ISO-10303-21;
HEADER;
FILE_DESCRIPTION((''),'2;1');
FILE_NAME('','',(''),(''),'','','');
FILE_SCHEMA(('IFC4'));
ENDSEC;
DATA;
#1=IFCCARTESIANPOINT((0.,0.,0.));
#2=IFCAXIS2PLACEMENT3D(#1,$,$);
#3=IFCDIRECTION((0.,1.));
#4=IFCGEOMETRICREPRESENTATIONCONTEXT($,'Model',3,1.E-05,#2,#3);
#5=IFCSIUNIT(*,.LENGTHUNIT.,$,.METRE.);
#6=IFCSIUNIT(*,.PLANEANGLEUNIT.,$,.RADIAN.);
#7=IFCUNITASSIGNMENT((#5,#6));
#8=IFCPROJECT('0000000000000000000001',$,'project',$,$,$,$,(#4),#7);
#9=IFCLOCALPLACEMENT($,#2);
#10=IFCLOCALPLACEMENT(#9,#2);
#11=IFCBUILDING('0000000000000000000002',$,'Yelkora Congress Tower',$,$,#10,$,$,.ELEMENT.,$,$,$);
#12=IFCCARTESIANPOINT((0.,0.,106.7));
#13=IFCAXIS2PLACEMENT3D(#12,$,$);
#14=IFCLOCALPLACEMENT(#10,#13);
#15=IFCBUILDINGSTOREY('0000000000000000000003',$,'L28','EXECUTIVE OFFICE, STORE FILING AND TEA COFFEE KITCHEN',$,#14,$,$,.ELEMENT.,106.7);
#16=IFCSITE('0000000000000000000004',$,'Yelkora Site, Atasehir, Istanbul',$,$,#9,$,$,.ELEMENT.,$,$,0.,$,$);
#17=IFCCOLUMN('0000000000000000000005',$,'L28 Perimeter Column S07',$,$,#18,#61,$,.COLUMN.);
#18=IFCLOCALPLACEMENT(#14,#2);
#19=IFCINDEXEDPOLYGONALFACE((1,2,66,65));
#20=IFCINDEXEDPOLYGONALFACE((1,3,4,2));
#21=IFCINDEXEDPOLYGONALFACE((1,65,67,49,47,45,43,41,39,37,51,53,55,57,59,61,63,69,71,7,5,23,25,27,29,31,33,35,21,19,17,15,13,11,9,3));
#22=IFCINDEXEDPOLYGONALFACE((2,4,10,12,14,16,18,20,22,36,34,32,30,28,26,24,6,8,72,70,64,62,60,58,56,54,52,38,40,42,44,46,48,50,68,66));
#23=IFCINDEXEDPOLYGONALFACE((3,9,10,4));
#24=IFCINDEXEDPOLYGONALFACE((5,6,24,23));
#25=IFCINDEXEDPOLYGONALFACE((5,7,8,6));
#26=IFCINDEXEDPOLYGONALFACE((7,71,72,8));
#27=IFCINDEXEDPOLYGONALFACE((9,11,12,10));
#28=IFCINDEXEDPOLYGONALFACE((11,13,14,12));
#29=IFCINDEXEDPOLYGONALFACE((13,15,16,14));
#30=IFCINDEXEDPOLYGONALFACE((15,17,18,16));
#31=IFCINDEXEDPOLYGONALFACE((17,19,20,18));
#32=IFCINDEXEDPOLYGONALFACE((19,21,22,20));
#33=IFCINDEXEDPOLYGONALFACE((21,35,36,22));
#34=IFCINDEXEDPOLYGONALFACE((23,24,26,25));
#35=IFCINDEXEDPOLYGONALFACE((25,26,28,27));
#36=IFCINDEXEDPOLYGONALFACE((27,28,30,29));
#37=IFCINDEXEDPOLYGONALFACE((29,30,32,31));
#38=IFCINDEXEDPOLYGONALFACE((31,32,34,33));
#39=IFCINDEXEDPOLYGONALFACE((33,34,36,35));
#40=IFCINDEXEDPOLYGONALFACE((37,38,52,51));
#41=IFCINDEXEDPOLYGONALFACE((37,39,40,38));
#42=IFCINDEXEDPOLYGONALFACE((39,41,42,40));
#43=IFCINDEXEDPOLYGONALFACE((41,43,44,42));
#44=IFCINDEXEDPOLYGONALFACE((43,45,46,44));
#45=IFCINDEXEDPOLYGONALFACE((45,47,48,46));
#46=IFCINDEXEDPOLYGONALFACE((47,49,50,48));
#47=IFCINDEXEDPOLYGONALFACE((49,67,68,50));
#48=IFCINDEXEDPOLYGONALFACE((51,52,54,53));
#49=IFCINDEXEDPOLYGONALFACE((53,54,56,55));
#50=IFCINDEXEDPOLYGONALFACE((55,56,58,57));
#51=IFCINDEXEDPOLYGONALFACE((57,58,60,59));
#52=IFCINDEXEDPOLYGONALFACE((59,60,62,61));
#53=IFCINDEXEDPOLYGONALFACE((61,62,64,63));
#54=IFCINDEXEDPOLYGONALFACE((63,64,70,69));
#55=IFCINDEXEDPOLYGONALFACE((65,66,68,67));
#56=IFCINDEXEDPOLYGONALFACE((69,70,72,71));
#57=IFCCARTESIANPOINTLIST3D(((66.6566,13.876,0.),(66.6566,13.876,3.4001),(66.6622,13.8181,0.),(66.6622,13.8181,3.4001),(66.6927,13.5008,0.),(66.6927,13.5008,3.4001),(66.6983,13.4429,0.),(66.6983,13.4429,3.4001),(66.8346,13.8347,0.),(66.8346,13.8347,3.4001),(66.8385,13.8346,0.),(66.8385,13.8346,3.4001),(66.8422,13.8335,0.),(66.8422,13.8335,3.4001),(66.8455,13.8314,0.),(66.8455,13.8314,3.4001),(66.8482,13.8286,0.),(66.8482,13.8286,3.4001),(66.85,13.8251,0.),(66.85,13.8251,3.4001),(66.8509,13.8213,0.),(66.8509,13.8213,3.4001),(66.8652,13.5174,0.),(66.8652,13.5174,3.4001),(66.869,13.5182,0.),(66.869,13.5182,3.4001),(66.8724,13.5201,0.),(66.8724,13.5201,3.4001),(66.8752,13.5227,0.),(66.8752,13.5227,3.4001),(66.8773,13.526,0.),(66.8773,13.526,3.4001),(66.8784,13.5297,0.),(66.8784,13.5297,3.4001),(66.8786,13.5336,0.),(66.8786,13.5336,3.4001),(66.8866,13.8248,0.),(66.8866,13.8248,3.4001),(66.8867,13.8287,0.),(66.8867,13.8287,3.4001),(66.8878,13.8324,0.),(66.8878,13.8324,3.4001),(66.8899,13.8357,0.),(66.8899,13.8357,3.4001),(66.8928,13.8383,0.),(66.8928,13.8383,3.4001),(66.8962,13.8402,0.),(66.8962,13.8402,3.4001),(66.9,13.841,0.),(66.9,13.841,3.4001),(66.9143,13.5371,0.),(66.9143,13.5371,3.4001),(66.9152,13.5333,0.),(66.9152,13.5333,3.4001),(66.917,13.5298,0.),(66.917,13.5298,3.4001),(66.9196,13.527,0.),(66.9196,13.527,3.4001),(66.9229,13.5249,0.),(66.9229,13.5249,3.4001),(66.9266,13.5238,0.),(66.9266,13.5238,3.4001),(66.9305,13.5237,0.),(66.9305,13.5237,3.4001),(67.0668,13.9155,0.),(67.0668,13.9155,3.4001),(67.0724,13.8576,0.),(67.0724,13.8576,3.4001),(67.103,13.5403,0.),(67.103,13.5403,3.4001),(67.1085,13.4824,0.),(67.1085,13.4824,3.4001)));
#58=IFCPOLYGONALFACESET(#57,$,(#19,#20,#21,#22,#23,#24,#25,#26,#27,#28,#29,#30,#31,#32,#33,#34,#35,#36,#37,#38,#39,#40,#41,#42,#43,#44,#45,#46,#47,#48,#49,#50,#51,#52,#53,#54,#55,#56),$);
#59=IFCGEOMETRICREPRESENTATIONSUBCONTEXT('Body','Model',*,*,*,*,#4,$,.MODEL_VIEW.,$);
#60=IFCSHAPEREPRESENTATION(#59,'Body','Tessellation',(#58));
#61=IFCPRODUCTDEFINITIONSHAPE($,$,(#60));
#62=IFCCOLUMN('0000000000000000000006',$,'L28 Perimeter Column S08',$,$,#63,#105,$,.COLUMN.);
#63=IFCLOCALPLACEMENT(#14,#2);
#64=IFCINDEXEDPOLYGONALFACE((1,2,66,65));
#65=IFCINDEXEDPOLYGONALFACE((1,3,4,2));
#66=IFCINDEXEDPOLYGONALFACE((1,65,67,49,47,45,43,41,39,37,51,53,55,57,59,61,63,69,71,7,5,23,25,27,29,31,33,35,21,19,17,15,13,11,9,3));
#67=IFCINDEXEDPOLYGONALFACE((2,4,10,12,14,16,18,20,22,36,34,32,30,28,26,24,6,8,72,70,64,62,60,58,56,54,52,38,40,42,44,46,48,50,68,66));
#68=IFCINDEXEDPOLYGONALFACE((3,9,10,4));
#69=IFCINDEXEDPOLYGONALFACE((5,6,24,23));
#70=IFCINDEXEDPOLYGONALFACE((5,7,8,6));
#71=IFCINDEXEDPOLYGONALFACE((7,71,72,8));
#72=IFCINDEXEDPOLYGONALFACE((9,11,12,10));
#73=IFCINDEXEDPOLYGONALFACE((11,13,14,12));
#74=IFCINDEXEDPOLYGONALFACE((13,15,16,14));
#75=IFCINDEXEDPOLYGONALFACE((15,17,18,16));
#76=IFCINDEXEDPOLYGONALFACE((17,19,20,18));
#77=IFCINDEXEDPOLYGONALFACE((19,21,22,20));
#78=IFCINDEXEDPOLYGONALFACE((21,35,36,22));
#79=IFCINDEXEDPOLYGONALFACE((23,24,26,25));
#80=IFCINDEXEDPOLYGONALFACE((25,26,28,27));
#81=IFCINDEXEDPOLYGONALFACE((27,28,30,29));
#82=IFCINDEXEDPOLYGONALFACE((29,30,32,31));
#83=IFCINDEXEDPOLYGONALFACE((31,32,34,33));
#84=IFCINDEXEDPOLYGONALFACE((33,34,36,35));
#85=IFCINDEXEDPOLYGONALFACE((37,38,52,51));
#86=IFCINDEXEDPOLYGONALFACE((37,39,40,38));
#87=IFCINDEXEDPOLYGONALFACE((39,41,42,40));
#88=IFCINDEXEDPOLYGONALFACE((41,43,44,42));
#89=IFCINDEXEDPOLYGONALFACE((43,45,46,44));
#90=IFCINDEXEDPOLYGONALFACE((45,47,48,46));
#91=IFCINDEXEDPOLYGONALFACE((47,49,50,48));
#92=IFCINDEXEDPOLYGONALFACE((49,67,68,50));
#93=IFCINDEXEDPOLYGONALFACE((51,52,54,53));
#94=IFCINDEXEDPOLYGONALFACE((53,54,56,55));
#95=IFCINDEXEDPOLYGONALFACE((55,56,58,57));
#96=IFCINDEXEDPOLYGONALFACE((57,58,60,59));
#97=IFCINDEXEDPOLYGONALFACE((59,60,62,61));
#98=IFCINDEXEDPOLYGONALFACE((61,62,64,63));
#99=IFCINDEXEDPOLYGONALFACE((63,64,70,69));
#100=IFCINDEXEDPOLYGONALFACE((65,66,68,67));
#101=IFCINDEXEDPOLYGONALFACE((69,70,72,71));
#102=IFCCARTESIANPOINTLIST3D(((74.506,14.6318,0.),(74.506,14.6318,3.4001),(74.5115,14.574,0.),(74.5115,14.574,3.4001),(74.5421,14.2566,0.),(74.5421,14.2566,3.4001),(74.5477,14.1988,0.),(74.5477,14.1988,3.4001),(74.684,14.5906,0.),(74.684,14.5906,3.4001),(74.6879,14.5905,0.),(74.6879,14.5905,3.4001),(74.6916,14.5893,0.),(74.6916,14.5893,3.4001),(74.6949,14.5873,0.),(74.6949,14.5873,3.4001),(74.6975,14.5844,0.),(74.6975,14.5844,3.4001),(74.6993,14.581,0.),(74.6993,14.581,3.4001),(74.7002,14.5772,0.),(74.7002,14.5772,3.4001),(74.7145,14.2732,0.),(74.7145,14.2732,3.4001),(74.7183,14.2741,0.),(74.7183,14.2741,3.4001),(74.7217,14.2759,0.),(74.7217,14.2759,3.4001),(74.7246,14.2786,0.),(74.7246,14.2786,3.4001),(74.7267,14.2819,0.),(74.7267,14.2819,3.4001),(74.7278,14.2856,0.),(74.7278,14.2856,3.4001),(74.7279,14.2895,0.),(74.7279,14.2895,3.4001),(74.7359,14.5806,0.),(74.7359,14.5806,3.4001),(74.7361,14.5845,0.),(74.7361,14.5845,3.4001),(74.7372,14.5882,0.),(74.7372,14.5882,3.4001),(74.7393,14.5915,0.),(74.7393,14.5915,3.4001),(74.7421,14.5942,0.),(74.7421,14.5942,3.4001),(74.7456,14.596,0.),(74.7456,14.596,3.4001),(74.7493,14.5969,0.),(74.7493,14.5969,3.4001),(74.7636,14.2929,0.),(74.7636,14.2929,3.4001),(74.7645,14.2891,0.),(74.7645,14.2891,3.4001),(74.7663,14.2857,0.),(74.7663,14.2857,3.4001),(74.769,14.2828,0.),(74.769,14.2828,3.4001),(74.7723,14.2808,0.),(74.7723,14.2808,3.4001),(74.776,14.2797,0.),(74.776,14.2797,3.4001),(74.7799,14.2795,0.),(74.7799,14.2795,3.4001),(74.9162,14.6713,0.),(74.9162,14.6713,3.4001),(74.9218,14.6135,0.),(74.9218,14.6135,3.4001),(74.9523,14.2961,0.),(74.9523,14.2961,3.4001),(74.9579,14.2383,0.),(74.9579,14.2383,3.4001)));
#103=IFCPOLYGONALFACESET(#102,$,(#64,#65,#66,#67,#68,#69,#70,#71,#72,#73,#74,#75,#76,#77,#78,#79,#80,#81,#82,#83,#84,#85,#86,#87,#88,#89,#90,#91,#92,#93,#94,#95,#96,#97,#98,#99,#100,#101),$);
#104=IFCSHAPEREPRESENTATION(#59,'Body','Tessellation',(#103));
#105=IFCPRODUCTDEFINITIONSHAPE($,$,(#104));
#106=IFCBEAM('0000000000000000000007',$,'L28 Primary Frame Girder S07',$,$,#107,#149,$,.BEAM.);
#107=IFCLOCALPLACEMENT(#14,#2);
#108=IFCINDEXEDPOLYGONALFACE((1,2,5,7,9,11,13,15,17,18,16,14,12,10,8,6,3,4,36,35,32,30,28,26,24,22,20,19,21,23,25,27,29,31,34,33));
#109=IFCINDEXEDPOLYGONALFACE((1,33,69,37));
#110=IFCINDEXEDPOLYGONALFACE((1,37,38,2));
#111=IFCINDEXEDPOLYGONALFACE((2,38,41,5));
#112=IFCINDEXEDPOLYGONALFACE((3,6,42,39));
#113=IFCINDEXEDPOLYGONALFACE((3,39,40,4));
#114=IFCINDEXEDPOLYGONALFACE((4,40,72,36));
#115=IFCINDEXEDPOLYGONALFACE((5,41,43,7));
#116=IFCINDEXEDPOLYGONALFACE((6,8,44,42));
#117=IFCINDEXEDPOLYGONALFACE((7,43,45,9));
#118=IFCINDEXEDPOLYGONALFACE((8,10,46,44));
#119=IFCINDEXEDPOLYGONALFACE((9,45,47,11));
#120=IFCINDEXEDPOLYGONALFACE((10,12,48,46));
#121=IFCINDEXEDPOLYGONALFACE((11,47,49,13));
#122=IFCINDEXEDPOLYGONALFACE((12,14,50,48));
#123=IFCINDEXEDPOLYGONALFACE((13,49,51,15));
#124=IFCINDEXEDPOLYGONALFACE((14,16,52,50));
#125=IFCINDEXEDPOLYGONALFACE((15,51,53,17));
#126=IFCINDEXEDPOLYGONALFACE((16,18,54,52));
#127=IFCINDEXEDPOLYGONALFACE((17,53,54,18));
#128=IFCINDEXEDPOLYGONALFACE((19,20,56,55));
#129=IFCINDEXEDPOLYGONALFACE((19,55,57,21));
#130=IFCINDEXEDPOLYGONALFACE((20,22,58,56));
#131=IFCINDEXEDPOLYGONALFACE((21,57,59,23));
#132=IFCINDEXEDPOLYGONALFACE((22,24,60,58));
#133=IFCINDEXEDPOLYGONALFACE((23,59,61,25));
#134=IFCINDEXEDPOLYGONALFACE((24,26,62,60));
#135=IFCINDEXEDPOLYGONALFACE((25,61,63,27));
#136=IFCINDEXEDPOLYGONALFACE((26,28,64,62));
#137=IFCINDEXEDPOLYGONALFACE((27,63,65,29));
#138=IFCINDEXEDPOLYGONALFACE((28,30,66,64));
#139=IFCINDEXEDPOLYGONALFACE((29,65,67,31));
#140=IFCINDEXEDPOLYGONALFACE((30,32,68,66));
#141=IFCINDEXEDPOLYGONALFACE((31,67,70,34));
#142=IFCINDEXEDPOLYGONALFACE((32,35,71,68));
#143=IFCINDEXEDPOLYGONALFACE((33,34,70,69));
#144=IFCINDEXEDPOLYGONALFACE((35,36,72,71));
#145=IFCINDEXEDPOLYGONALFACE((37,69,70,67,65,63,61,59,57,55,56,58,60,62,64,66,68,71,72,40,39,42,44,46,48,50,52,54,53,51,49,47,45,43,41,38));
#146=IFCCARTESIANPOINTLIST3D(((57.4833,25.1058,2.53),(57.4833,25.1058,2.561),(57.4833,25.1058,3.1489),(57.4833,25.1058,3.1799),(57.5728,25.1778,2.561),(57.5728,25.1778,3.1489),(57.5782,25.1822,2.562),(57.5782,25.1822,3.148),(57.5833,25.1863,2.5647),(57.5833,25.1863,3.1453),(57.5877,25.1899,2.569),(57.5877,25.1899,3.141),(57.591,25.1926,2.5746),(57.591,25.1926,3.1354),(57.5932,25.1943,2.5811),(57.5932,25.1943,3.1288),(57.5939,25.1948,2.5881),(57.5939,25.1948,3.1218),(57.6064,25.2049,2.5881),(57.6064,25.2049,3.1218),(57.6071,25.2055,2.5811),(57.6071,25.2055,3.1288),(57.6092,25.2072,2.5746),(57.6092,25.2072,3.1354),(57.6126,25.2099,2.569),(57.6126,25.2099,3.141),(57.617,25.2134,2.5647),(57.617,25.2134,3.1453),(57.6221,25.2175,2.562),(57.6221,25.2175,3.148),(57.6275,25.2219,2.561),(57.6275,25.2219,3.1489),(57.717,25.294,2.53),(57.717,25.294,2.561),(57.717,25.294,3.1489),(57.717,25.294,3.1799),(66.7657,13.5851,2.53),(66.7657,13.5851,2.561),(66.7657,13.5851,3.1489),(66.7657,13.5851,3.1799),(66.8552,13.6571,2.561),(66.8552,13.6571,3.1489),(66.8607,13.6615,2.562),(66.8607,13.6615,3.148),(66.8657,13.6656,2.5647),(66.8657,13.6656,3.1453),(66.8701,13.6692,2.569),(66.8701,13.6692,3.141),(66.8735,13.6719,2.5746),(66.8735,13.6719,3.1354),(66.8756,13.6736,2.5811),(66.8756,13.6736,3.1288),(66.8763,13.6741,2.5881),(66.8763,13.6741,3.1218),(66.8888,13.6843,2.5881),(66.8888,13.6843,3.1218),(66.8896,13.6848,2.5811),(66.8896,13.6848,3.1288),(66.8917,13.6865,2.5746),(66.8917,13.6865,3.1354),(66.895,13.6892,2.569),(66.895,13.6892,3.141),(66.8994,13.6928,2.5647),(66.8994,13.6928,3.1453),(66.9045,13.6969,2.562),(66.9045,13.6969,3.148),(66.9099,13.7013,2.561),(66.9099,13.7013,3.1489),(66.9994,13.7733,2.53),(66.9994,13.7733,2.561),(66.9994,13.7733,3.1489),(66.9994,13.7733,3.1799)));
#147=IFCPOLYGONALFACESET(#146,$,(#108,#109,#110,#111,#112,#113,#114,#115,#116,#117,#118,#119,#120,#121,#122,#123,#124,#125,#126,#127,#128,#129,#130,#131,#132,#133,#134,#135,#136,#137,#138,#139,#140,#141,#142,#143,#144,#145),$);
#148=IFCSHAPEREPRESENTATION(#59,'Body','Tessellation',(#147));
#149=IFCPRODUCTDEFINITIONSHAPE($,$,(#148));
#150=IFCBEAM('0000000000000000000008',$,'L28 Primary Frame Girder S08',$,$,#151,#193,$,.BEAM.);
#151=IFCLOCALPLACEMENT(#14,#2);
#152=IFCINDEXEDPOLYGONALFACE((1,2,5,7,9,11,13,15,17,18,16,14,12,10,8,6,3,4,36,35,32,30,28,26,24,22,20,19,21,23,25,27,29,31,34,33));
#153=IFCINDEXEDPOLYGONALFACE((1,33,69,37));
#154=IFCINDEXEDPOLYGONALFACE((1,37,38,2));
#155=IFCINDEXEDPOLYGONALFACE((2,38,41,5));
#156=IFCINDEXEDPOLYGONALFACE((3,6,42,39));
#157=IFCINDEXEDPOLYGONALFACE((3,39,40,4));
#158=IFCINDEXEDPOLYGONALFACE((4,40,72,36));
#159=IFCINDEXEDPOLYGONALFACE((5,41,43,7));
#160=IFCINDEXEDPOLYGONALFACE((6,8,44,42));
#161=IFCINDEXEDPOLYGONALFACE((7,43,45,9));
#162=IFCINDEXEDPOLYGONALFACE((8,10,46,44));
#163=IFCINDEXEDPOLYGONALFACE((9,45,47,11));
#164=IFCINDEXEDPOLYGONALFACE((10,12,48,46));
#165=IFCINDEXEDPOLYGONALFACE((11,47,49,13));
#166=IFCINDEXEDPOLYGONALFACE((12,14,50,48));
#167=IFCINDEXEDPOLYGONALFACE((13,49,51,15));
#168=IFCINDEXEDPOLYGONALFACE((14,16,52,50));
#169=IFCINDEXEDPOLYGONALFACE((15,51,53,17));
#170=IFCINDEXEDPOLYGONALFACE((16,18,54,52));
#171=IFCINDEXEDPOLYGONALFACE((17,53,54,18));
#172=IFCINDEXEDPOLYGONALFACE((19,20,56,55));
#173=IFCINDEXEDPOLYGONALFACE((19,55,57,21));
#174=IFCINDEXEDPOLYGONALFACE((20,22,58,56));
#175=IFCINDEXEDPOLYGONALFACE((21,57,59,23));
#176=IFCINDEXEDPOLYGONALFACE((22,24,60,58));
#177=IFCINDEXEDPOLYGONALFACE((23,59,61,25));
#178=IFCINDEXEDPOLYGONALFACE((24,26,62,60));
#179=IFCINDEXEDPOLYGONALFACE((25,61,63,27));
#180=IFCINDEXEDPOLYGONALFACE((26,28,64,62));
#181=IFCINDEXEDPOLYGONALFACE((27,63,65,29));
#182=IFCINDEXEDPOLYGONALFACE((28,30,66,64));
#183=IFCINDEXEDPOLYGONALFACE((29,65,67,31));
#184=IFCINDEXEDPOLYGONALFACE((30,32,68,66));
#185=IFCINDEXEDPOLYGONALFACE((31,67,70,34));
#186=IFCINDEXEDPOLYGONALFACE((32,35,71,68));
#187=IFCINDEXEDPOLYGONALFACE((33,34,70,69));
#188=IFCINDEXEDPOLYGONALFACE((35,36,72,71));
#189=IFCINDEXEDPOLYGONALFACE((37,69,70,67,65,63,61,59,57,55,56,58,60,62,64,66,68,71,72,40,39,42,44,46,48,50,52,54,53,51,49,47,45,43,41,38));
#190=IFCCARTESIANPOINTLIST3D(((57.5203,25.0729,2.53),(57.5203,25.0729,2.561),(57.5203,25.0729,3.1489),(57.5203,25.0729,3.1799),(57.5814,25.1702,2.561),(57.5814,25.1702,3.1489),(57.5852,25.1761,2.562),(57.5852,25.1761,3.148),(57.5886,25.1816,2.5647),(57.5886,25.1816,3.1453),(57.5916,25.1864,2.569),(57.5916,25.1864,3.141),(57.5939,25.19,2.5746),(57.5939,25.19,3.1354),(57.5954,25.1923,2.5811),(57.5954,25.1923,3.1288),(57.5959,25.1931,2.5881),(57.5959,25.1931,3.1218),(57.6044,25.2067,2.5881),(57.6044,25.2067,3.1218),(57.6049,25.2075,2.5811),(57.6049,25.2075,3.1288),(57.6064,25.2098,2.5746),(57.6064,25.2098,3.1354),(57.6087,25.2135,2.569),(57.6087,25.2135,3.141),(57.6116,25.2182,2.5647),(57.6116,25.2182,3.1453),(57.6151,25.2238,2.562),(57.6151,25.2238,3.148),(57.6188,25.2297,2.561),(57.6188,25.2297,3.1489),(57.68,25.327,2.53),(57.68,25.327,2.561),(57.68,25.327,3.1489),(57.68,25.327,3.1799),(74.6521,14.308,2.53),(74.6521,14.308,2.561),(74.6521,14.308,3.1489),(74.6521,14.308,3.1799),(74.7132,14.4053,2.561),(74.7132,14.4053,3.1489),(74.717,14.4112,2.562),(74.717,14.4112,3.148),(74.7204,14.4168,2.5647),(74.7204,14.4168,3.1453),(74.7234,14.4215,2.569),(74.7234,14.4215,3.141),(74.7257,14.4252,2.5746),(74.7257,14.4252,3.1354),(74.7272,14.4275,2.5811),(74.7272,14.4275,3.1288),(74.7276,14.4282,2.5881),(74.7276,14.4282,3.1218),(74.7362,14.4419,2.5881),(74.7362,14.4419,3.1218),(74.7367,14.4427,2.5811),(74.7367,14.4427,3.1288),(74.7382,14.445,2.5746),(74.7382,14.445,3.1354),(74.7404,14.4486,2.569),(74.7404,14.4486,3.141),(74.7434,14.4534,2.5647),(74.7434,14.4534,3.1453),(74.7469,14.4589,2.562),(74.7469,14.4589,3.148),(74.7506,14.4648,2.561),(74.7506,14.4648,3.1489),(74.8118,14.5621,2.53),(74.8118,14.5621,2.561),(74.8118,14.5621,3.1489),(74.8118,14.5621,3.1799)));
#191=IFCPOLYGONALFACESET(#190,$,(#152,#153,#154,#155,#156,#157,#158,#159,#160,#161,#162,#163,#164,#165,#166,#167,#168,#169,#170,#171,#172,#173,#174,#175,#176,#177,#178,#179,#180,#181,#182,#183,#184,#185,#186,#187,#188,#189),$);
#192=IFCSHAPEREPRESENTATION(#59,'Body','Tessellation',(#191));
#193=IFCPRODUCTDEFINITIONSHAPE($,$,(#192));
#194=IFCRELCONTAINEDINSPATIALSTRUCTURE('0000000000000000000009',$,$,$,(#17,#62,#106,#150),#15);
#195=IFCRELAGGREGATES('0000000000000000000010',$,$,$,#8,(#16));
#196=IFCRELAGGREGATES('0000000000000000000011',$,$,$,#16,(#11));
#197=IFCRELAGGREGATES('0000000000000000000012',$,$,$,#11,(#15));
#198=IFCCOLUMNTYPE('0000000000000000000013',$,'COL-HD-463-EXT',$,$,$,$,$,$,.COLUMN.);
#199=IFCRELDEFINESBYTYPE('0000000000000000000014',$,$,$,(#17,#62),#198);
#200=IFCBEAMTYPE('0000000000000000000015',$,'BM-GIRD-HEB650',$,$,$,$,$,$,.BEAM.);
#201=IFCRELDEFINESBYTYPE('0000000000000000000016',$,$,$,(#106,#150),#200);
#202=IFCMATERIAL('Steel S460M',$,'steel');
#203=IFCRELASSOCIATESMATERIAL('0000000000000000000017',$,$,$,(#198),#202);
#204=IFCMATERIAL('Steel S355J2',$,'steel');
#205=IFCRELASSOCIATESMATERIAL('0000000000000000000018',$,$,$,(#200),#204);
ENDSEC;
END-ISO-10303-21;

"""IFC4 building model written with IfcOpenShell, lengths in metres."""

from ifc_helpers import new_model, si_unit, direction, frame, origin, origin_2d, place, context, subcontext, project, spatial, i_section, extrude, material, material_profile, profile_set, type_object, element, save


model = new_model("IFC4")

# Units and contexts
model_context = context("Model", 3, precision=1e-05, world=origin(), true_north=direction((0.0, 1.0)))
body_context = subcontext(model_context, "Body", "Model", "MODEL_VIEW")
ifc_project = project(units=[si_unit("LENGTHUNIT", "METRE"), si_unit("PLANEANGLEUNIT", "RADIAN")], contexts=[model_context])

# Site, building, storey
site_placement = place(None, origin())
site = spatial("IfcSite", under=ifc_project, at=site_placement, Name="Yelkora Site, Atasehir, Istanbul", CompositionType="ELEMENT", RefElevation=0.0)
building_placement = place(site_placement, origin())
building = spatial("IfcBuilding", under=site, at=building_placement, Name="Yelkora Congress Tower", CompositionType="ELEMENT")
storey_placement = place(building_placement, frame((0.0, 0.0, 106.7)))
storey = spatial("IfcBuildingStorey", under=building, at=storey_placement, Name="L28", Description="EXECUTIVE OFFICE, STORE FILING AND TEA COFFEE KITCHEN", CompositionType="ELEMENT", Elevation=106.7)

# Columns
ifc_material_1 = material(Name="Steel S460M", Category="steel")
ifc_material_profile_1 = material_profile(ifc_material_1, i_section(OverallWidth=0.4121, OverallDepth=0.4351, WebThickness=0.0359, FlangeThickness=0.0581, FilletRadius=0.0149, at=origin_2d()), Name="HD 400x463")
ifc_profile_set_1 = profile_set([ifc_material_profile_1], Name="Steel S460M")
column_type = type_object("IfcColumnType", Name="COL-HD-463-EXT", PredefinedType="COLUMN", material=ifc_profile_set_1)
for number, where, z_axis, x_axis, name in (
    (1, (66.8826, 13.6792, 0.0), (0.0, 0.0, 1.0), (0.995396, 0.095846, 0.0), "L28 Perimeter Column S07"),
    (2, (74.7319, 14.4351, 0.0), (0.0, 0.0, 1.0), (0.995396, 0.095846, 0.0), "L28 Perimeter Column S08"),
):
    element("IfcColumn", number, at=place(storey_placement, frame(where, z_axis=z_axis, x_axis=x_axis)), inside=storey, type_object=column_type, Name=name, PredefinedType="COLUMN", context=body_context, shape_type="SweptSolid", body=[
        extrude(i_section(OverallWidth=0.4121, OverallDepth=0.4351, WebThickness=0.0359, FlangeThickness=0.0581, FilletRadius=0.0149, at=origin_2d()), origin(), (0.0, 0.0, 1.0), 3.4001),
    ])

# Beams
ifc_material_2 = material(Name="Steel S355J2", Category="steel")
ifc_material_profile_2 = material_profile(ifc_material_2, i_section(OverallWidth=0.3, OverallDepth=0.6499, WebThickness=0.0161, FlangeThickness=0.031, FilletRadius=0.0271, at=origin_2d()), Name="HEB 650")
ifc_profile_set_2 = profile_set([ifc_material_profile_2], Name="Steel S355J2")
beam_type_1 = type_object("IfcBeamType", Name="BM-GIRD-HEB650", PredefinedType="BEAM", material=ifc_profile_set_2)
beam_1_placement = place(storey_placement, frame((66.8826, 13.6792, 2.855), z_axis=(-0.627406, 0.778692, 0.0), x_axis=(-0.778692, -0.627406, 0.0)))
element("IfcBeam", 3, at=beam_1_placement, inside=storey, type_object=beam_type_1, Name="L28 Primary Frame Girder S07", PredefinedType="BEAM", context=body_context, shape_type="SweptSolid", body=[
    extrude(i_section(OverallWidth=0.3, OverallDepth=0.6499, WebThickness=0.0161, FlangeThickness=0.031, FilletRadius=0.0271, at=origin_2d()), origin(), (0.0, 0.0, 1.0), 14.7949),
])
beam_2_placement = place(storey_placement, frame((74.7319, 14.4351, 2.855), z_axis=(-0.846719, 0.532041, 0.0), x_axis=(-0.532041, -0.846719, 0.0)))
element("IfcBeam", 4, at=beam_2_placement, inside=storey, type_object=beam_type_1, Name="L28 Primary Frame Girder S08", PredefinedType="BEAM", context=body_context, shape_type="SweptSolid", body=[
    extrude(i_section(OverallWidth=0.3, OverallDepth=0.6499, WebThickness=0.0161, FlangeThickness=0.031, FilletRadius=0.0271, at=origin_2d()), origin(), (0.0, 0.0, 1.0), 20.2332),
])

save(model, "model.ifc")
